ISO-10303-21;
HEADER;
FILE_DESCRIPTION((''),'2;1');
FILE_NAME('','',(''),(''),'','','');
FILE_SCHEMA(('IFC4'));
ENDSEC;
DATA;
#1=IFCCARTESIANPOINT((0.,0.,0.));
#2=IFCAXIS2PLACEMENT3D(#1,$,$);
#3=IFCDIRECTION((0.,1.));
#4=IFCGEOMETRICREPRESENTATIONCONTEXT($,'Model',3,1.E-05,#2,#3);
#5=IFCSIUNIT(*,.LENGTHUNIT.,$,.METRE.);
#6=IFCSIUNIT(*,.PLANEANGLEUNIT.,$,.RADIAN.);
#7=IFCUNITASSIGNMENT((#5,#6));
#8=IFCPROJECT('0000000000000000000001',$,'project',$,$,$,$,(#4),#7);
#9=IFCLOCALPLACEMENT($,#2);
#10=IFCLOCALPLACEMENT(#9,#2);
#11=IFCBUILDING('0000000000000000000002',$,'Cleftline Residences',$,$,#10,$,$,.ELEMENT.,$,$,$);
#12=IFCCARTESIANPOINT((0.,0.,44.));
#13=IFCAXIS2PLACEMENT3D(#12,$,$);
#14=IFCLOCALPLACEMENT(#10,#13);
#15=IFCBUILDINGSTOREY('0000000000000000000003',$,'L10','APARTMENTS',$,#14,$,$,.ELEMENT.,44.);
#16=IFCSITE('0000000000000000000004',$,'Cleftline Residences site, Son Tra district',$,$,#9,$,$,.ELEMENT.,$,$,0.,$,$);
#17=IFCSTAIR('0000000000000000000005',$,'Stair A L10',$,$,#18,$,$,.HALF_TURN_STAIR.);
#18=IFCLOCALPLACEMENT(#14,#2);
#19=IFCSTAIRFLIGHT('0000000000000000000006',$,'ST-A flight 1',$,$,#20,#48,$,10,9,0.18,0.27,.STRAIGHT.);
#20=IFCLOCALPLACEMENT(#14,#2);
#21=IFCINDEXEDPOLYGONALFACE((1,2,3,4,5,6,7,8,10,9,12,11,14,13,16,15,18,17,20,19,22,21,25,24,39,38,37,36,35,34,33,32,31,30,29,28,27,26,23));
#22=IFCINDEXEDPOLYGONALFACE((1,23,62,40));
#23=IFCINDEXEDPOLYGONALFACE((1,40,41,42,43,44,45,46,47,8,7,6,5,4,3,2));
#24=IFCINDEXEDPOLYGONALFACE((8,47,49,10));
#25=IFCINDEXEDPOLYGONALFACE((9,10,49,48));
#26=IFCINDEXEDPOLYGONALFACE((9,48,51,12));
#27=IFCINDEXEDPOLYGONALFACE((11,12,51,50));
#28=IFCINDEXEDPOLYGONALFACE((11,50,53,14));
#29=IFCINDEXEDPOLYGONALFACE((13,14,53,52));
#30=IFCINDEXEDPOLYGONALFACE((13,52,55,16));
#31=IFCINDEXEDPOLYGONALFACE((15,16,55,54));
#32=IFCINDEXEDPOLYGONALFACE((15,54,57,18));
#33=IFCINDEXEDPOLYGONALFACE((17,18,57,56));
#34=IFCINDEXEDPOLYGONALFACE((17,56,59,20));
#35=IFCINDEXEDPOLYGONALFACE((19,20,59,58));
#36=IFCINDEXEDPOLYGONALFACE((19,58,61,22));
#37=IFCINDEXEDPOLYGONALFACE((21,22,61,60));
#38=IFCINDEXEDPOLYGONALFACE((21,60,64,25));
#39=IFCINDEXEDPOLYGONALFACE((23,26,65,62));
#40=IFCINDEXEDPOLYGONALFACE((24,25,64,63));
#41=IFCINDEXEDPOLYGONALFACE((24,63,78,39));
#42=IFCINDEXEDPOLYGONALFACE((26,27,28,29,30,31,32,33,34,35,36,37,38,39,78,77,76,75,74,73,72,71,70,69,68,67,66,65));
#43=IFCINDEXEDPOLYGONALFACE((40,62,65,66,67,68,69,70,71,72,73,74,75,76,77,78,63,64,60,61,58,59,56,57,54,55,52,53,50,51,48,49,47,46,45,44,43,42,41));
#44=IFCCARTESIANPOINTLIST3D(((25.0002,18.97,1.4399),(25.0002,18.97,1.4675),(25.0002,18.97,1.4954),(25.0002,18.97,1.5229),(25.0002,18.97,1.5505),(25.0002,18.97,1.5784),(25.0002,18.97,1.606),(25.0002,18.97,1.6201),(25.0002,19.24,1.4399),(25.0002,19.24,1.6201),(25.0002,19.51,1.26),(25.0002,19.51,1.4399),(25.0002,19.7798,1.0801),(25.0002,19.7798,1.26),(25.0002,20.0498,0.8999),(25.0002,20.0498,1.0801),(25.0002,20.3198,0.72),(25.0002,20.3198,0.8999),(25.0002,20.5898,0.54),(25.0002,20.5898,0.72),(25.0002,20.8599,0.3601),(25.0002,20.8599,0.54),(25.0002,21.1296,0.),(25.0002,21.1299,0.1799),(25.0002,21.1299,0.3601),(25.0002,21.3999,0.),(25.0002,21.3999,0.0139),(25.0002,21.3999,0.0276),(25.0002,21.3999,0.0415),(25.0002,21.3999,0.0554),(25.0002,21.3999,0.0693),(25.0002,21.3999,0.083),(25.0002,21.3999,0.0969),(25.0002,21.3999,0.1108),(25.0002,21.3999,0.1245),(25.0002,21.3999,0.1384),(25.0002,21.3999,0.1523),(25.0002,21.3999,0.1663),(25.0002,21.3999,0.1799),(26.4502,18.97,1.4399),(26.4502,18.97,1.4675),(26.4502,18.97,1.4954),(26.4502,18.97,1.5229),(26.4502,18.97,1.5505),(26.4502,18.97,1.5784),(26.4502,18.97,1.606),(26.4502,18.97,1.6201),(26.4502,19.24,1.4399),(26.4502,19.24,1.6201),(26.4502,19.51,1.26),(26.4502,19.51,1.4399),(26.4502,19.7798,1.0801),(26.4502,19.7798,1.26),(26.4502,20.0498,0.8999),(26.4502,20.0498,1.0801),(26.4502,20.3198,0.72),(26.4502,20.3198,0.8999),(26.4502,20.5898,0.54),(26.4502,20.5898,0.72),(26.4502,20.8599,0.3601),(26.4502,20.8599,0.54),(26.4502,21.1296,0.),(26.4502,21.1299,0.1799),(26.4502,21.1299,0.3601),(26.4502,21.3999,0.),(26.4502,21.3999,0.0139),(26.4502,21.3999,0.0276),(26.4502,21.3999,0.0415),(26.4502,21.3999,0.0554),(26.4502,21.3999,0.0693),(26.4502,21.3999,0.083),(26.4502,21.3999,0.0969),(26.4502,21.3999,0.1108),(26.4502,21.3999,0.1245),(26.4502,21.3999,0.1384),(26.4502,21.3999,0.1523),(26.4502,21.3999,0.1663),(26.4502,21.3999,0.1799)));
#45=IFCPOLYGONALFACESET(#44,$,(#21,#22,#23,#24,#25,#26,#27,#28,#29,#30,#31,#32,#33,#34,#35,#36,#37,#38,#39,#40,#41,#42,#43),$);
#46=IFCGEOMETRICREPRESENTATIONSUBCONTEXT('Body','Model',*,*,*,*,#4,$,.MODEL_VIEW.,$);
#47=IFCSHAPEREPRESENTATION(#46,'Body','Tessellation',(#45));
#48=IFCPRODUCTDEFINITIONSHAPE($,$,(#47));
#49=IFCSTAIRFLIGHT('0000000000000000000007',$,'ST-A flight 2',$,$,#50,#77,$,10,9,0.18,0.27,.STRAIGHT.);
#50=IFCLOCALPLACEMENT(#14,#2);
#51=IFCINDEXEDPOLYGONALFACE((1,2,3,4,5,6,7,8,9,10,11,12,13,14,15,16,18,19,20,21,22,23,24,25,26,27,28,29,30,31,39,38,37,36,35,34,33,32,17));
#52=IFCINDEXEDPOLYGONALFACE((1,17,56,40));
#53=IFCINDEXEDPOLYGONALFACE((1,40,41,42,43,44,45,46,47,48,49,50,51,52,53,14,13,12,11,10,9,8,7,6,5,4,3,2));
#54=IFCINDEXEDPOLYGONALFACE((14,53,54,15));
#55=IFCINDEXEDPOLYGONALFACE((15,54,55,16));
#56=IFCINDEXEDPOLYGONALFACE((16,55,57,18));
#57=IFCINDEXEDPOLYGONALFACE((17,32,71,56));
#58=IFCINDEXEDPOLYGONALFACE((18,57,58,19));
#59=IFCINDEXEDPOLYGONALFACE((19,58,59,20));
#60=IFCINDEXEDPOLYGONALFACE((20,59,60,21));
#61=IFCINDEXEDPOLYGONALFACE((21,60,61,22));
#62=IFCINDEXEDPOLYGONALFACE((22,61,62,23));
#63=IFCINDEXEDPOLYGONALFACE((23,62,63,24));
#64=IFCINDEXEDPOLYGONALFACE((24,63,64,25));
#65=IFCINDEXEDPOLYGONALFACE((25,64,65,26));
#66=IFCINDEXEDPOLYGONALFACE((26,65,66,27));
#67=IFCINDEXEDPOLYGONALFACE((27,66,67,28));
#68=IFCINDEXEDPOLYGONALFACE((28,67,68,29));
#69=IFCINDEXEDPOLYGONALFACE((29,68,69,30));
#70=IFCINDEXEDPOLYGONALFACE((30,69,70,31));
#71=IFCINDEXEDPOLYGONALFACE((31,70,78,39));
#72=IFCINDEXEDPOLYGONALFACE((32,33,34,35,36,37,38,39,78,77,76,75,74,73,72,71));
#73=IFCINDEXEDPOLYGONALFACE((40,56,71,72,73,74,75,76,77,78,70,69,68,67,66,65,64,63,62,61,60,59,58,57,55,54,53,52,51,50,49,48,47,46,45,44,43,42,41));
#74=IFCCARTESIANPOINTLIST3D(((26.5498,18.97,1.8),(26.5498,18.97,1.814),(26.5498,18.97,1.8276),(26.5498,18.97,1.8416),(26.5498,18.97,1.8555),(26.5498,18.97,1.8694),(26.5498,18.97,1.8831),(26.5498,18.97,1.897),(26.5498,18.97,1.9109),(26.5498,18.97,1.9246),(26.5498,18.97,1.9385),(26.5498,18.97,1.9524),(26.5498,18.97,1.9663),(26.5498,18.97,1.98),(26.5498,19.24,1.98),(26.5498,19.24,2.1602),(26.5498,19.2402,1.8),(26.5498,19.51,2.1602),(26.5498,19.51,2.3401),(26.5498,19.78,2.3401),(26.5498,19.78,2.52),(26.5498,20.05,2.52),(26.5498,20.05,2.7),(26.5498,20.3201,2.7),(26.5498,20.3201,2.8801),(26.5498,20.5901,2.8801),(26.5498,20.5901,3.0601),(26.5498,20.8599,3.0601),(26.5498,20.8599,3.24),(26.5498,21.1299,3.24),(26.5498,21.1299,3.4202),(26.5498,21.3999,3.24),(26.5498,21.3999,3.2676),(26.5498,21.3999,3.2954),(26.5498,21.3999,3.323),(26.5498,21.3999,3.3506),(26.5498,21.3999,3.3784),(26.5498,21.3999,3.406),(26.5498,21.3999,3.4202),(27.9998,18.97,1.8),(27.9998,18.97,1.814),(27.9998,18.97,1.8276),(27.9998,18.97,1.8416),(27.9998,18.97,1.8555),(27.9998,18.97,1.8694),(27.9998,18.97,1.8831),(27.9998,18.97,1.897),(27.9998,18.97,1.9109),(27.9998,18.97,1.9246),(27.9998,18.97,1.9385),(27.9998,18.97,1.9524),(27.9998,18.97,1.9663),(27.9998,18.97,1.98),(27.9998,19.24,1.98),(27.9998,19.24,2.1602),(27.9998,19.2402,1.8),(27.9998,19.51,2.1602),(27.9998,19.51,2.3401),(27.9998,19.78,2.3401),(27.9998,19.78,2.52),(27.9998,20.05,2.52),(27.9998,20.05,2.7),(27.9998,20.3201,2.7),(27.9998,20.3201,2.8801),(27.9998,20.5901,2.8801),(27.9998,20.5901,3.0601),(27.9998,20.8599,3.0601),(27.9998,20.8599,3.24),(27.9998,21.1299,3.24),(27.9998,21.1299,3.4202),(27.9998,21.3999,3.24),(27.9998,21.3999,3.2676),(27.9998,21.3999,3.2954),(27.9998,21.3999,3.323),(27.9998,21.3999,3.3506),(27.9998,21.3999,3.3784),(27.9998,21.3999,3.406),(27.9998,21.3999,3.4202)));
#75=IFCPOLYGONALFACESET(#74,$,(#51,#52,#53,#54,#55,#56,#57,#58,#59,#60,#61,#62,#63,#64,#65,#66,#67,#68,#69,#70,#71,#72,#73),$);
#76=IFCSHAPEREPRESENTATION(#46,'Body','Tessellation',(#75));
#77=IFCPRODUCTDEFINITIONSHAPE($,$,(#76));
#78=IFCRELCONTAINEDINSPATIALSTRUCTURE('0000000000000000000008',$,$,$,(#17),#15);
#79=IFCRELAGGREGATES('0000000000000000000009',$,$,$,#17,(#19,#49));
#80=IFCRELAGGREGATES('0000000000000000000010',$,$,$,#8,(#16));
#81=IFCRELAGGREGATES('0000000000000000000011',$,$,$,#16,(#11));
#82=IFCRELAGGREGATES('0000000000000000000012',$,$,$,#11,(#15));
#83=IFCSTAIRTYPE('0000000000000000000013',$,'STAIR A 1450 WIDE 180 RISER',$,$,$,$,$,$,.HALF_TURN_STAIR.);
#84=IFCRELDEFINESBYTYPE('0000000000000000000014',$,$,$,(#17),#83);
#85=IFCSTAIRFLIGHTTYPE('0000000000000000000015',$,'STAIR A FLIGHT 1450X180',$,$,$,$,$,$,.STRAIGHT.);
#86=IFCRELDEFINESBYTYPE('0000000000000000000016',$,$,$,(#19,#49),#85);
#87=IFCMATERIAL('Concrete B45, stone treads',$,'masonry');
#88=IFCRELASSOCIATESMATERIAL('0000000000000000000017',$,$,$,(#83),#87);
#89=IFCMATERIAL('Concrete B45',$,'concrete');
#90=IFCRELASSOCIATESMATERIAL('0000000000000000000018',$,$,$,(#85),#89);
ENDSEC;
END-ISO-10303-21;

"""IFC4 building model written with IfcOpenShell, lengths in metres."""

from ifc_helpers import new_model, si_unit, direction, frame, origin, place, context, subcontext, project, spatial, polyline, outline, extrude, material, type_object, element, aggregate, save


model = new_model("IFC4")

# Units and contexts
model_context = context("Model", 3, precision=1e-05, world=origin(), true_north=direction((0.0, 1.0)))
body_context = subcontext(model_context, "Body", "Model", "MODEL_VIEW")
ifc_project = project(units=[si_unit("LENGTHUNIT", "METRE"), si_unit("PLANEANGLEUNIT", "RADIAN")], contexts=[model_context])

# Site, building, storey
site_placement = place(None, origin())
site = spatial("IfcSite", under=ifc_project, at=site_placement, Name="Cleftline Residences site, Son Tra district", CompositionType="ELEMENT", RefElevation=0.0)
building_placement = place(site_placement, origin())
building = spatial("IfcBuilding", under=site, at=building_placement, Name="Cleftline Residences", CompositionType="ELEMENT")
storey_placement = place(building_placement, frame((0.0, 0.0, 44.0)))
storey = spatial("IfcBuildingStorey", under=building, at=storey_placement, Name="L10", Description="APARTMENTS", CompositionType="ELEMENT", Elevation=44.0)

# Stair, stair flights
ifc_material_1 = material(Name="Concrete B45, stone treads", Category="masonry")
stair_type = type_object("IfcStairType", Name="STAIR A 1450 WIDE 180 RISER", PredefinedType="HALF_TURN_STAIR", material=ifc_material_1)
stair_placement = place(storey_placement, origin())
stair = element("IfcStair", 1, at=stair_placement, inside=storey, type_object=stair_type, Name="Stair A L10", PredefinedType="HALF_TURN_STAIR")
ifc_material_2 = material(Name="Concrete B45", Category="concrete")
stair_flight_type = type_object("IfcStairFlightType", Name="STAIR A FLIGHT 1450X180", PredefinedType="STRAIGHT", material=ifc_material_2)
stair_flight_1_placement = place(storey_placement, frame((25.7251, 21.3999, 0.0), z_axis=(0.0, 0.0, 1.0), x_axis=(0.0, -1.0, 0.0)))
stair_flight_1 = element("IfcStairFlight", 2, at=stair_flight_1_placement, type_object=stair_flight_type, Name="ST-A flight 1", NumberOfRisers=10, NumberOfTreads=9, PredefinedType="STRAIGHT", RiserHeight=0.18, TreadLength=0.27, context=body_context, shape_type="SweptSolid", body=[
    extrude(outline(polyline([(0.0, 0.0), (0.0, 0.0139), (0.0, 0.0276), (0.0, 0.0415), (0.0, 0.0554), (0.0, 0.0693), (0.0, 0.083), (0.0, 0.0969), (0.0, 0.1108), (0.0, 0.1245), (0.0, 0.1384), (0.0, 0.1523), (0.0, 0.1663), (0.0, 0.1799), (0.27, 0.1799), (0.27, 0.3601), (0.54, 0.3601), (0.54, 0.54), (0.8101, 0.54), (0.8101, 0.72), (1.0801, 0.72), (1.0801, 0.8999), (1.3501, 0.8999), (1.3501, 1.0801), (1.6201, 1.0801), (1.6201, 1.26), (1.8899, 1.26), (1.8899, 1.4399), (2.1599, 1.4399), (2.1599, 1.6201), (2.4299, 1.6201), (2.4299, 1.8), (2.4299, 1.7722), (2.4299, 1.7446), (2.4299, 1.7168), (2.4299, 1.6892), (2.4299, 1.6614), (2.4299, 1.6338), (2.4299, 1.606), (2.4299, 1.5784), (2.4299, 1.5505), (2.4299, 1.5229), (2.4299, 1.4954), (2.4299, 1.4675), (2.4299, 1.4399), (0.2703, 0.0), (0.0, 0.0)])), frame((0.0, 0.7251, 0.0), z_axis=(0.0, -1.0, 0.0), x_axis=(1.0, 0.0, 0.0)), (0.0, 0.0, 1.0), 1.45),
])
stair_flight_2_placement = place(storey_placement, frame((27.2749, 18.97, 1.8), z_axis=(0.0, 0.0, 1.0), x_axis=(0.0, 1.0, 0.0)))
stair_flight_2 = element("IfcStairFlight", 3, at=stair_flight_2_placement, type_object=stair_flight_type, Name="ST-A flight 2", NumberOfRisers=10, NumberOfTreads=9, PredefinedType="STRAIGHT", RiserHeight=0.18, TreadLength=0.27, context=body_context, shape_type="SweptSolid", body=[
    extrude(outline(polyline([(0.0, 0.0), (0.0, 0.0139), (0.0, 0.0276), (0.0, 0.0415), (0.0, 0.0554), (0.0, 0.0693), (0.0, 0.083), (0.0, 0.0969), (0.0, 0.1108), (0.0, 0.1245), (0.0, 0.1384), (0.0, 0.1523), (0.0, 0.1663), (0.0, 0.1799), (0.27, 0.1799), (0.27, 0.3601), (0.54, 0.3601), (0.54, 0.54), (0.8101, 0.54), (0.8101, 0.72), (1.0801, 0.72), (1.0801, 0.8999), (1.3501, 0.8999), (1.3501, 1.0801), (1.6201, 1.0801), (1.6201, 1.26), (1.8899, 1.26), (1.8899, 1.4399), (2.1599, 1.4399), (2.1599, 1.6201), (2.4299, 1.6201), (2.4299, 1.8), (2.4299, 1.7722), (2.4299, 1.7446), (2.4299, 1.7168), (2.4299, 1.6892), (2.4299, 1.6614), (2.4299, 1.6338), (2.4299, 1.606), (2.4299, 1.5784), (2.4299, 1.5505), (2.4299, 1.5229), (2.4299, 1.4954), (2.4299, 1.4675), (2.4299, 1.4399), (0.2703, 0.0), (0.0, 0.0)])), frame((0.0, 0.7251, 0.0), z_axis=(0.0, -1.0, 0.0), x_axis=(1.0, 0.0, 0.0)), (0.0, 0.0, 1.0), 1.45),
])
aggregate(stair, [stair_flight_1, stair_flight_2])

save(model, "model.ifc")
